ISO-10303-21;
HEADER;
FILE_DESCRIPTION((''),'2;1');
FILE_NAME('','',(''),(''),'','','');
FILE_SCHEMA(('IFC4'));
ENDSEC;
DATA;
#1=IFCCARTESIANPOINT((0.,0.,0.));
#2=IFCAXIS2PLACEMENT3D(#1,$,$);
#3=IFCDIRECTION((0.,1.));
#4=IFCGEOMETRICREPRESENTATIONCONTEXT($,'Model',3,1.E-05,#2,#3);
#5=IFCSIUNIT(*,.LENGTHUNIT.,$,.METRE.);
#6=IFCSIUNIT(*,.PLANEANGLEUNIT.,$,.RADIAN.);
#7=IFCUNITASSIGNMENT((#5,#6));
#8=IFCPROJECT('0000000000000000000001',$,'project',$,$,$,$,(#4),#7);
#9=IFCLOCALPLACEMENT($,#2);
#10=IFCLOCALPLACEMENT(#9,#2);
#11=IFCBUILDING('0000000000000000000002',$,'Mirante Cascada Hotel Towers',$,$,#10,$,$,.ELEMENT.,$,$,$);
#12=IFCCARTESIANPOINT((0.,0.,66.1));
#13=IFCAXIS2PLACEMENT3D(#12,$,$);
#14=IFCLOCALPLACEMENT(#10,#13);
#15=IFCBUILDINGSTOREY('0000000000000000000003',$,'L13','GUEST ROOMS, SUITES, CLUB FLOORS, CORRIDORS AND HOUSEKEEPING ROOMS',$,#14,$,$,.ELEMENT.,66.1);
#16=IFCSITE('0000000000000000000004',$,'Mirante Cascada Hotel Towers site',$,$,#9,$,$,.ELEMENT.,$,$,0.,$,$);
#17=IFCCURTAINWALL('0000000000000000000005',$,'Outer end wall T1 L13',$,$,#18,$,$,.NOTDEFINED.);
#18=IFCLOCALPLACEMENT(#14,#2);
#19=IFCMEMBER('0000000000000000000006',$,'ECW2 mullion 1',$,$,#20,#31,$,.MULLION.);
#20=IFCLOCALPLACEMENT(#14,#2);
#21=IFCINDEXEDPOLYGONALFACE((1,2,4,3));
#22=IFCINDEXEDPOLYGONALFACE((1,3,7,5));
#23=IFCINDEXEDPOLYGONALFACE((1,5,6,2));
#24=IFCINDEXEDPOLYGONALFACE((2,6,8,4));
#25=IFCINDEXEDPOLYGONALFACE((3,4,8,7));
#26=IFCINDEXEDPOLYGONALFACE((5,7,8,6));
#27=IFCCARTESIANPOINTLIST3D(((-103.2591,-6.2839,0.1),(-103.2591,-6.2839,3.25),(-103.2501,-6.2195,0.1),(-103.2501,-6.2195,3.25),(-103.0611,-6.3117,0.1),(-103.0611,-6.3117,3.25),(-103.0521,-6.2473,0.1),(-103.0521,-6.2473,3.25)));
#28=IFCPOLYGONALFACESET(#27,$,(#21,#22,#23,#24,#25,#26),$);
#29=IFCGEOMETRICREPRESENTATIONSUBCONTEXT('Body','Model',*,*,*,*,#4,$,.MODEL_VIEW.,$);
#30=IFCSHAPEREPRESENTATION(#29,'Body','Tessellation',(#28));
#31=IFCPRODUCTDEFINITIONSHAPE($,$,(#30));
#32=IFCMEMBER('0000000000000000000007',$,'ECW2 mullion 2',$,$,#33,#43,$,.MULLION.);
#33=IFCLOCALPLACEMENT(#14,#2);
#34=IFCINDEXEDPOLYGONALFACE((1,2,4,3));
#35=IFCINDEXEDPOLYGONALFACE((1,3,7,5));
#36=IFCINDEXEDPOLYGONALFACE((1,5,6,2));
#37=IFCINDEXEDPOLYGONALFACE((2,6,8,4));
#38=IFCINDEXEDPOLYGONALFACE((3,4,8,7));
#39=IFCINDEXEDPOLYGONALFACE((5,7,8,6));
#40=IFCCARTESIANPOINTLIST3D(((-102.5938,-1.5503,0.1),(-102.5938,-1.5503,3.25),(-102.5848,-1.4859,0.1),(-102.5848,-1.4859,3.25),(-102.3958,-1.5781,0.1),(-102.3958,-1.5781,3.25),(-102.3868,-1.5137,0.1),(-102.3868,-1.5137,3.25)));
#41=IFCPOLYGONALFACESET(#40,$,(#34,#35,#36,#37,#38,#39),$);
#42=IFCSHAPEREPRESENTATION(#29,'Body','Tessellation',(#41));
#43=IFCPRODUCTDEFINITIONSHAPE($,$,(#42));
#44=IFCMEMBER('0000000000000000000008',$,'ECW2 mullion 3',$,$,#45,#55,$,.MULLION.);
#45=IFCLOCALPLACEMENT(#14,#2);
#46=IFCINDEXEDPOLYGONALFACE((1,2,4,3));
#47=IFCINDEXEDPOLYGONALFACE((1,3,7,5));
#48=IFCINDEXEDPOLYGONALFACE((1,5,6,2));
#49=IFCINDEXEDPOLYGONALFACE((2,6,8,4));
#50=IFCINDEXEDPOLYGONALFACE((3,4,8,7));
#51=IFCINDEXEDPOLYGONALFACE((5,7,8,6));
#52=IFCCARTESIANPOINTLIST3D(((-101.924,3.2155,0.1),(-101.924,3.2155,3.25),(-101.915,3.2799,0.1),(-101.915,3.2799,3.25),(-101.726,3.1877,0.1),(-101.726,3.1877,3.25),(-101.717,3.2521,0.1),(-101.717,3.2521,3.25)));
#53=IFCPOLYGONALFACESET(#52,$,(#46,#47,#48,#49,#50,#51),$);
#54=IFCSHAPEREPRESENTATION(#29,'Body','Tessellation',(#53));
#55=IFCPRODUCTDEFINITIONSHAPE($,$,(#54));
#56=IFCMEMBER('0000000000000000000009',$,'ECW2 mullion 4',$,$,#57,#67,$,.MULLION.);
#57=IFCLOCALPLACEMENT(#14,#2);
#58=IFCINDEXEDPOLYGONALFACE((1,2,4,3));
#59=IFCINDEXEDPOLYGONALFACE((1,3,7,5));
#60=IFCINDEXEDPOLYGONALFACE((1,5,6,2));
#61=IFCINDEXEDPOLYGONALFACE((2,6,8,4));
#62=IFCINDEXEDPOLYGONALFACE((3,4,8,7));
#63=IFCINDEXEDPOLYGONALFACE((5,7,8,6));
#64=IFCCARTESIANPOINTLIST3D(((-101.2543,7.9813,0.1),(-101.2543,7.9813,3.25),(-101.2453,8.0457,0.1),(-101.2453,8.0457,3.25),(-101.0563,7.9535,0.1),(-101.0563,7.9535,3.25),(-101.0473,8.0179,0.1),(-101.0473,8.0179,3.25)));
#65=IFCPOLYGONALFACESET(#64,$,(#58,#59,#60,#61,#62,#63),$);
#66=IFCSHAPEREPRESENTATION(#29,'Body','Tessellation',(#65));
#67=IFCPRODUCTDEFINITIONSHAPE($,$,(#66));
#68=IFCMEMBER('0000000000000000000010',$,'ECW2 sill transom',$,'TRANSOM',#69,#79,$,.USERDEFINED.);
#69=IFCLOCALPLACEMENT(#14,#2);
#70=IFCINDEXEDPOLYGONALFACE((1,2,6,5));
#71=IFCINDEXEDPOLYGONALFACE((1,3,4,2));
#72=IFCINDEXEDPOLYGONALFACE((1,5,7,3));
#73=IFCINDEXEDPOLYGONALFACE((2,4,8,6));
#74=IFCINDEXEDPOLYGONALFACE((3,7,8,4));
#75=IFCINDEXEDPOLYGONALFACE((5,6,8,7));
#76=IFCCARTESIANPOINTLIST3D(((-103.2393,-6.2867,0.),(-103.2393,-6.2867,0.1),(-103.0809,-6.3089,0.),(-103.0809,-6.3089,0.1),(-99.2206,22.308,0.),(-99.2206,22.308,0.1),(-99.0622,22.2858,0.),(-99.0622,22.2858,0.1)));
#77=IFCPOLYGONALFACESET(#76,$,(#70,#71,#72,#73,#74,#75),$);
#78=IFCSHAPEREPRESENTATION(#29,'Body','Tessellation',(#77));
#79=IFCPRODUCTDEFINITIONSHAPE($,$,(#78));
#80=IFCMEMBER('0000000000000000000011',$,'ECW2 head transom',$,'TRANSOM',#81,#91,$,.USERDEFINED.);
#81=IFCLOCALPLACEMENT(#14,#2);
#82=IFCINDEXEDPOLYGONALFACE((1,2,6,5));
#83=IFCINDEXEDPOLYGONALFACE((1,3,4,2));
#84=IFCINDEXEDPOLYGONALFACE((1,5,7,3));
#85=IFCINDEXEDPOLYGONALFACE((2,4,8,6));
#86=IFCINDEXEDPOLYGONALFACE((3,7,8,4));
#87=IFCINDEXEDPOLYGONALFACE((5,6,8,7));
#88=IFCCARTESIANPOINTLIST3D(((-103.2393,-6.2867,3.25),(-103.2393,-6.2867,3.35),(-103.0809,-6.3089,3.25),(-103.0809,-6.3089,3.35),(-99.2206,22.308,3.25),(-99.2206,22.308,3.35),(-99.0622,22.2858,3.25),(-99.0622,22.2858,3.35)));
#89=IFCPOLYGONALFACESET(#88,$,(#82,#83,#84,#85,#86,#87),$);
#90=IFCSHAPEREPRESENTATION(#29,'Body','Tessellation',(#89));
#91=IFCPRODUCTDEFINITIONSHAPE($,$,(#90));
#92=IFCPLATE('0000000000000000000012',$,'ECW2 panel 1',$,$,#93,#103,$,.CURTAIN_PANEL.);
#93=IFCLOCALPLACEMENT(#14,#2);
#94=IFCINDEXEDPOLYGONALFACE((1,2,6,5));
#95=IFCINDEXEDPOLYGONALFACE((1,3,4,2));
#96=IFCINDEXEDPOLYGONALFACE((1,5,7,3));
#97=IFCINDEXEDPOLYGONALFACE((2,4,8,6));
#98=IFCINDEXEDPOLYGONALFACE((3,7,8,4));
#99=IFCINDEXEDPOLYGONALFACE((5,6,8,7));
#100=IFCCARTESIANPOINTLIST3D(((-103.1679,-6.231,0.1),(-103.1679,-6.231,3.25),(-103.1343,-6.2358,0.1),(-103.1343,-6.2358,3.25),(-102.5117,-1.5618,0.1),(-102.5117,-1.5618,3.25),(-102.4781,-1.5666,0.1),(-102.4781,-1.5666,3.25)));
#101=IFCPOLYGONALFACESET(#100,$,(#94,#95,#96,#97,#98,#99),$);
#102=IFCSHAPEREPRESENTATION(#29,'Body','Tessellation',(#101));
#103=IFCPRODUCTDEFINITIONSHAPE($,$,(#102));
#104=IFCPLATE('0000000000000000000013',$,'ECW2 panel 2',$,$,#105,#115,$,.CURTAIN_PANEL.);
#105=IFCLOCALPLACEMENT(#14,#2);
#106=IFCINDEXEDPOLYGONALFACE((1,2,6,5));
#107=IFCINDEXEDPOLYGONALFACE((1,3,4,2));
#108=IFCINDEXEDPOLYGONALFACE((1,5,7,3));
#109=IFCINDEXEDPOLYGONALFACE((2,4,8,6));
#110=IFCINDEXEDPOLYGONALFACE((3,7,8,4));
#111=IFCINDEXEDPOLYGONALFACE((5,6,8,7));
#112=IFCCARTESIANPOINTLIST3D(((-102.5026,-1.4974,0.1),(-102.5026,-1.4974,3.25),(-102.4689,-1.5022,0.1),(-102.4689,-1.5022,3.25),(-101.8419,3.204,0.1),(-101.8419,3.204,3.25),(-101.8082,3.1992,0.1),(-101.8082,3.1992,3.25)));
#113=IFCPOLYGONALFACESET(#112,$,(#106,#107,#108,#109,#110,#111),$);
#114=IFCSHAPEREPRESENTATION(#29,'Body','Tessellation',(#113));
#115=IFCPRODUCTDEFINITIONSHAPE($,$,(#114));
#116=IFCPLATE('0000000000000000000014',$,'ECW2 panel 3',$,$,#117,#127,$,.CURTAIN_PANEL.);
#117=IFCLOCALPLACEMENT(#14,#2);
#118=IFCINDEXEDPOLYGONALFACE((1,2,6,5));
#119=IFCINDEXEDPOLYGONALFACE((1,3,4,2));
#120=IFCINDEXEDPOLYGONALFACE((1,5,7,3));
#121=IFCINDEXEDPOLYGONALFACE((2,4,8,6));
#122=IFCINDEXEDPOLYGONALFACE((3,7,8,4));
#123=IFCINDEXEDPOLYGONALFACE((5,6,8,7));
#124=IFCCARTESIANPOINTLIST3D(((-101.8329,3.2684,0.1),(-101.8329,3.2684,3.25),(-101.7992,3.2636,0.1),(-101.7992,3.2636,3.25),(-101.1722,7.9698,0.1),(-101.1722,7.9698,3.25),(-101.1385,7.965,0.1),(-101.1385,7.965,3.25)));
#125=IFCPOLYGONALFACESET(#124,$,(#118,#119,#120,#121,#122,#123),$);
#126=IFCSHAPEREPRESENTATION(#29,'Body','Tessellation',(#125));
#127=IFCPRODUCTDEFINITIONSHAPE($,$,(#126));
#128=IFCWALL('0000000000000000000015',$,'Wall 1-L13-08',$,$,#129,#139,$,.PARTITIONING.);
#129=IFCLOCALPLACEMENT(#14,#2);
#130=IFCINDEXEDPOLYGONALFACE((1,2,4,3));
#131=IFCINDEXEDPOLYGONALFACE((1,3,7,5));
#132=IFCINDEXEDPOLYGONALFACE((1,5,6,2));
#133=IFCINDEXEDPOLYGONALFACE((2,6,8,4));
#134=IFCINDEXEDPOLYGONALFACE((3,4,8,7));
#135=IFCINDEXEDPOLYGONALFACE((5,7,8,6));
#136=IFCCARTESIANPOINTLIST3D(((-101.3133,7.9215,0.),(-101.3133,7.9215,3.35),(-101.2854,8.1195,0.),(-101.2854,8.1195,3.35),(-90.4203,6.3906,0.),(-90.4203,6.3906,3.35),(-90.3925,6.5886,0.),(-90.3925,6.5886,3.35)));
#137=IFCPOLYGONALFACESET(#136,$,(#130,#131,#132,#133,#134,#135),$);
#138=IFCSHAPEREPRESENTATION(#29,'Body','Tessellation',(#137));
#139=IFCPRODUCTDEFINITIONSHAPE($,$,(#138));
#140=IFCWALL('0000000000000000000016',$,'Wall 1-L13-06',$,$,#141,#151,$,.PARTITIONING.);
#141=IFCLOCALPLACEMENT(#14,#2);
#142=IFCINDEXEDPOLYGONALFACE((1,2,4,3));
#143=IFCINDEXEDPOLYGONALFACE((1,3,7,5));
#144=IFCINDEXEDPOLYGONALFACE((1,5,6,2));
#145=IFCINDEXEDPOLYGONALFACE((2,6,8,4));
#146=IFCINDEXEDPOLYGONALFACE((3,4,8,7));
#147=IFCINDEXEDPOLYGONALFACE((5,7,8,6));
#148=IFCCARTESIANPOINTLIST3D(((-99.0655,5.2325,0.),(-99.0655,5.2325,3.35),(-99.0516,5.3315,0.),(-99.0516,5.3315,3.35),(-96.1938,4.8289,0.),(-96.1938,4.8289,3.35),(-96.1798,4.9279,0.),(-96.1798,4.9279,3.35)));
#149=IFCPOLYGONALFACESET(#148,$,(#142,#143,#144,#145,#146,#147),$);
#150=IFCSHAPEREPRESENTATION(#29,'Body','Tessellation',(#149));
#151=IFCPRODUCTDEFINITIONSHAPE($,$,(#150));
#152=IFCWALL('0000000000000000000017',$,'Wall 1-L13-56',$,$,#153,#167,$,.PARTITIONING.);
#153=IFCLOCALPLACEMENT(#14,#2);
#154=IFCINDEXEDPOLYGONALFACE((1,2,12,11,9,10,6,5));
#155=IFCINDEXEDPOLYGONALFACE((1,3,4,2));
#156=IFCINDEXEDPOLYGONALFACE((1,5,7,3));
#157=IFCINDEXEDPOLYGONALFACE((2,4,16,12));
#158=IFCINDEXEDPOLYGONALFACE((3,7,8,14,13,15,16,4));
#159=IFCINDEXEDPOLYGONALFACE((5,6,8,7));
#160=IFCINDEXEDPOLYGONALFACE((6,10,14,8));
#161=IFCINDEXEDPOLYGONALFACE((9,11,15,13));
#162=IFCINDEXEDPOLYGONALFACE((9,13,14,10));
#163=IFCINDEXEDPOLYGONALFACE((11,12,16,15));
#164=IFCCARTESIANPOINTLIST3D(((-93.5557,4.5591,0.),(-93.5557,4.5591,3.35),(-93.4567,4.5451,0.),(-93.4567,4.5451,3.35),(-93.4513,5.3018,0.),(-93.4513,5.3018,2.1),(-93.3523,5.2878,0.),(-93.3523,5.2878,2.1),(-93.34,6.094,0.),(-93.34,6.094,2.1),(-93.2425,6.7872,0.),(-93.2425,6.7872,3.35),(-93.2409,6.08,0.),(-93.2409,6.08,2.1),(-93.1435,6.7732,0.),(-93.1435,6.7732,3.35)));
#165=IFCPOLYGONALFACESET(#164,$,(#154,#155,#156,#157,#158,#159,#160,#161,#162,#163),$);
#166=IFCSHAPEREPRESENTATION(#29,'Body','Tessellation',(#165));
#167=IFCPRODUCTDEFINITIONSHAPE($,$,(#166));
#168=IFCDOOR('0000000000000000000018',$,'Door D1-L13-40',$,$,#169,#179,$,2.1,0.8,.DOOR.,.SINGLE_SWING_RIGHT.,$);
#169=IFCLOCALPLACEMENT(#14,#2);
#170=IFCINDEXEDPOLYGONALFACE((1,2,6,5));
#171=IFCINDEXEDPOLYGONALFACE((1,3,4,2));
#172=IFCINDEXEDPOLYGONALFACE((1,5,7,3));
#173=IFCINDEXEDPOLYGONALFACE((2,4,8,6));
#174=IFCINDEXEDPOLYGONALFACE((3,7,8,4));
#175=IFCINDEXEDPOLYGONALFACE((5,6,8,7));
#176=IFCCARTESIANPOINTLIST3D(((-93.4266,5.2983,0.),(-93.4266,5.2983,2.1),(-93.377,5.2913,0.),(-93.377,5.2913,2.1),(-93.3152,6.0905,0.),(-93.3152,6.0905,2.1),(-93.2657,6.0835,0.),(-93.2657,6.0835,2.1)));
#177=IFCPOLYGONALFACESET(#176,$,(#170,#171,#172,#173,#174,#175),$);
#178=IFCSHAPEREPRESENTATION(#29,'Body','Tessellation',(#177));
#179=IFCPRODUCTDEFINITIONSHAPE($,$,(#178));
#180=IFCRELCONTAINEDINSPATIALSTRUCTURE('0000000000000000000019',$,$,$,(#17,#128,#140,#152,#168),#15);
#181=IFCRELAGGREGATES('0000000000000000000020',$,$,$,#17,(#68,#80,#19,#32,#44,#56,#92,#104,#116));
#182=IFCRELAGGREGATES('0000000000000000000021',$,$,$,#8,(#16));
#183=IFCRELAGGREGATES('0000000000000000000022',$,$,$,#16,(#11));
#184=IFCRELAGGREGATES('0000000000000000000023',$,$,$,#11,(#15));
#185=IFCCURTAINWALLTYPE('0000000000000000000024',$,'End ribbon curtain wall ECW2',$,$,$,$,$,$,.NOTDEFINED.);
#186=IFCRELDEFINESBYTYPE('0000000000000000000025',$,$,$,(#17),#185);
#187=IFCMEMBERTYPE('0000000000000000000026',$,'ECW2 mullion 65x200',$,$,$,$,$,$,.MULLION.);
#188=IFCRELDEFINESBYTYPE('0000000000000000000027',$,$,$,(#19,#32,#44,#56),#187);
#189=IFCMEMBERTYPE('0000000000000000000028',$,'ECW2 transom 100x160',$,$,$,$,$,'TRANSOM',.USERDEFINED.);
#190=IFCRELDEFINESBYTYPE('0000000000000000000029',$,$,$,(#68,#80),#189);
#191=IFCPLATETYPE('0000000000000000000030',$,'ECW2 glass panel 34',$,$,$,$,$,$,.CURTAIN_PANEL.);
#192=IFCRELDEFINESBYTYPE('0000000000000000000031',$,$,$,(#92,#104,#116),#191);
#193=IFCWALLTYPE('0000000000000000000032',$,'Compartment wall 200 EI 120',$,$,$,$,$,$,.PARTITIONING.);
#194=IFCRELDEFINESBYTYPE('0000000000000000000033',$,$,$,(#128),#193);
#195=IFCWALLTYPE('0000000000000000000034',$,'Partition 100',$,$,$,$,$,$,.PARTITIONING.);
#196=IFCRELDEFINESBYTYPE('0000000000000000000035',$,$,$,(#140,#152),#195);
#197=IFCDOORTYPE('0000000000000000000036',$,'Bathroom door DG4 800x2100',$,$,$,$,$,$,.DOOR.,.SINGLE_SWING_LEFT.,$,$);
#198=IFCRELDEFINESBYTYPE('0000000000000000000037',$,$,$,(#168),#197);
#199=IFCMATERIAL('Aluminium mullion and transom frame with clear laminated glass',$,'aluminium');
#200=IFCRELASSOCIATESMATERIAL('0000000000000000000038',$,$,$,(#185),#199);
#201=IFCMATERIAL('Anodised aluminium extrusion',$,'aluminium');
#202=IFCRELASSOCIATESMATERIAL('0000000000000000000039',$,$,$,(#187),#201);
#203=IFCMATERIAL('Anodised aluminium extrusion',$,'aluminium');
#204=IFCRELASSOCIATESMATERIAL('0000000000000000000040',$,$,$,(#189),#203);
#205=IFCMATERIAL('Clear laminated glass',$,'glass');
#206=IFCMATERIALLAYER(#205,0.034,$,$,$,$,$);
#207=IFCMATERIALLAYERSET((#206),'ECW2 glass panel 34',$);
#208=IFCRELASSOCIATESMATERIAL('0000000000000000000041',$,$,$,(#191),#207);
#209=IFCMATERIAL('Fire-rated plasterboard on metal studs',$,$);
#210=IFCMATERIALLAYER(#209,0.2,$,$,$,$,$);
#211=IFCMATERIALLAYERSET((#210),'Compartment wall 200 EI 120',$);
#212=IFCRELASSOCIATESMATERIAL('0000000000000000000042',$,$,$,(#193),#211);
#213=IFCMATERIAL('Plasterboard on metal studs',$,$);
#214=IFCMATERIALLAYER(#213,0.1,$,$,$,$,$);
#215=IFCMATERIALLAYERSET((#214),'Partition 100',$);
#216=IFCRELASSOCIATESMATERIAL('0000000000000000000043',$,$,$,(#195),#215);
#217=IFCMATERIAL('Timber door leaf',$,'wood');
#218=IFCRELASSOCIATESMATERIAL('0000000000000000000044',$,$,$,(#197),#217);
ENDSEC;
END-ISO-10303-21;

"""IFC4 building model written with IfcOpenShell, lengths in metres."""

from ifc_helpers import new_model, si_unit, direction, frame, frame_2d, origin, origin_2d, place, context, subcontext, project, spatial, rectangle, extrude, material, layer, layer_set, material_profile, profile_set, type_object, element, fill, aggregate, save


model = new_model("IFC4")

# Units and contexts
model_context = context("Model", 3, precision=1e-05, world=origin(), true_north=direction((0.0, 1.0)))
body_context = subcontext(model_context, "Body", "Model", "MODEL_VIEW")
ifc_project = project(units=[si_unit("LENGTHUNIT", "METRE"), si_unit("PLANEANGLEUNIT", "RADIAN")], contexts=[model_context])

# Site, building, storey
site_placement = place(None, origin())
site = spatial("IfcSite", under=ifc_project, at=site_placement, Name="Mirante Cascada Hotel Towers site", CompositionType="ELEMENT", RefElevation=0.0)
building_placement = place(site_placement, origin())
building = spatial("IfcBuilding", under=site, at=building_placement, Name="Mirante Cascada Hotel Towers", CompositionType="ELEMENT")
storey_placement = place(building_placement, frame((0.0, 0.0, 66.1)))
storey = spatial("IfcBuildingStorey", under=building, at=storey_placement, Name="L13", Description="GUEST ROOMS, SUITES, CLUB FLOORS, CORRIDORS AND HOUSEKEEPING ROOMS", CompositionType="ELEMENT", Elevation=66.1)

# Curtain wall, members, plates
ifc_material_1 = material(Name="Aluminium mullion and transom frame with clear laminated glass", Category="aluminium")
curtain_wall_type = type_object("IfcCurtainWallType", Name="End ribbon curtain wall ECW2", PredefinedType="NOTDEFINED", material=ifc_material_1)
curtain_wall_placement = place(storey_placement, origin())
curtain_wall = element("IfcCurtainWall", 1, at=curtain_wall_placement, inside=storey, type_object=curtain_wall_type, Name="Outer end wall T1 L13", PredefinedType="NOTDEFINED")
ifc_material_2 = material(Name="Anodised aluminium extrusion", Category="aluminium")
ifc_material_profile_1 = material_profile(ifc_material_2, rectangle(XDim=0.2, YDim=0.065, at=origin_2d()), Name="ECW2 MULLION 65x200")
ifc_profile_set_1 = profile_set([ifc_material_profile_1], Name="Anodised aluminium extrusion")
member_type_1 = type_object("IfcMemberType", Name="ECW2 mullion 65x200", PredefinedType="MULLION", material=ifc_profile_set_1)
member_1_placement = place(storey_placement, frame((-103.1556, -6.2656, 0.1), z_axis=(0.0, 0.0, 1.0), x_axis=(-0.990268, 0.139173, 0.0)))
member_1 = element("IfcMember", 2, at=member_1_placement, type_object=member_type_1, Name="ECW2 mullion 1", PredefinedType="MULLION", context=body_context, shape_type="SweptSolid", body=[
    extrude(rectangle(XDim=0.2, YDim=0.065, at=origin_2d()), origin(), (0.0, 0.0, 1.0), 3.15),
])
member_2_placement = place(storey_placement, frame((-102.4903, -1.532, 0.1), z_axis=(0.0, 0.0, 1.0), x_axis=(-0.990268, 0.139173, 0.0)))
member_2 = element("IfcMember", 3, at=member_2_placement, type_object=member_type_1, Name="ECW2 mullion 2", PredefinedType="MULLION", context=body_context, shape_type="SweptSolid", body=[
    extrude(rectangle(XDim=0.2, YDim=0.065, at=origin_2d()), origin(), (0.0, 0.0, 1.0), 3.15),
])
member_3_placement = place(storey_placement, frame((-101.8205, 3.2338, 0.1), z_axis=(0.0, 0.0, 1.0), x_axis=(-0.990268, 0.139173, 0.0)))
member_3 = element("IfcMember", 4, at=member_3_placement, type_object=member_type_1, Name="ECW2 mullion 3", PredefinedType="MULLION", context=body_context, shape_type="SweptSolid", body=[
    extrude(rectangle(XDim=0.2, YDim=0.065, at=origin_2d()), origin(), (0.0, 0.0, 1.0), 3.15),
])
member_4_placement = place(storey_placement, frame((-101.1508, 7.9996, 0.1), z_axis=(0.0, 0.0, 1.0), x_axis=(-0.990268, 0.139173, 0.0)))
member_4 = element("IfcMember", 5, at=member_4_placement, type_object=member_type_1, Name="ECW2 mullion 4", PredefinedType="MULLION", context=body_context, shape_type="SweptSolid", body=[
    extrude(rectangle(XDim=0.2, YDim=0.065, at=origin_2d()), origin(), (0.0, 0.0, 1.0), 3.15),
])
ifc_material_3 = material(Name="Anodised aluminium extrusion", Category="aluminium")
ifc_material_profile_2 = material_profile(ifc_material_3, rectangle(XDim=0.16, YDim=0.1, at=origin_2d()), Name="ECW2 TRANSOM 100x160")
ifc_profile_set_2 = profile_set([ifc_material_profile_2], Name="Anodised aluminium extrusion")
member_type_2 = type_object("IfcMemberType", Name="ECW2 transom 100x160", ElementType="TRANSOM", PredefinedType="USERDEFINED", material=ifc_profile_set_2)
member_5_placement = place(storey_placement, frame((-103.1601, -6.2978, 0.05), z_axis=(0.139172, 0.990268, 0.0), x_axis=(-0.990268, 0.139172, 0.0)))
member_5 = element("IfcMember", 6, at=member_5_placement, type_object=member_type_2, Name="ECW2 sill transom", ObjectType="TRANSOM", PredefinedType="USERDEFINED", context=body_context, shape_type="SweptSolid", body=[
    extrude(rectangle(XDim=0.16, YDim=0.1, at=origin_2d()), origin(), (0.0, 0.0, 1.0), 28.8757),
])
member_6_placement = place(storey_placement, frame((-103.1601, -6.2978, 3.3), z_axis=(0.139172, 0.990268, 0.0), x_axis=(-0.990268, 0.139172, 0.0)))
member_6 = element("IfcMember", 7, at=member_6_placement, type_object=member_type_2, Name="ECW2 head transom", ObjectType="TRANSOM", PredefinedType="USERDEFINED", context=body_context, shape_type="SweptSolid", body=[
    extrude(rectangle(XDim=0.16, YDim=0.1, at=origin_2d()), origin(), (0.0, 0.0, 1.0), 28.8757),
])
ifc_material_4 = material(Name="Clear laminated glass", Category="glass")
ifc_layer_1 = layer(ifc_material_4, 0.034)
ifc_layer_set_1 = layer_set([ifc_layer_1], Name="ECW2 glass panel 34")
plate_type = type_object("IfcPlateType", Name="ECW2 glass panel 34", PredefinedType="CURTAIN_PANEL", material=ifc_layer_set_1)
plate_1_placement = place(storey_placement, frame((-102.823, -3.8988, 0.1), z_axis=(0.0, 0.0, 1.0), x_axis=(0.139173, 0.990268, 0.0)))
plate_1 = element("IfcPlate", 8, at=plate_1_placement, type_object=plate_type, Name="ECW2 panel 1", PredefinedType="CURTAIN_PANEL", context=body_context, shape_type="SweptSolid", body=[
    extrude(rectangle(XDim=4.7151, YDim=0.034, at=origin_2d()), origin(), (0.0, 0.0, 1.0), 3.15),
])
plate_2_placement = place(storey_placement, frame((-102.1554, 0.8509, 0.1), z_axis=(0.0, 0.0, 1.0), x_axis=(0.139173, 0.990268, 0.0)))
plate_2 = element("IfcPlate", 9, at=plate_2_placement, type_object=plate_type, Name="ECW2 panel 2", PredefinedType="CURTAIN_PANEL", context=body_context, shape_type="SweptSolid", body=[
    extrude(rectangle(XDim=4.7476, YDim=0.034, at=origin_2d()), origin(), (0.0, 0.0, 1.0), 3.15),
])
plate_3_placement = place(storey_placement, frame((-101.4857, 5.6167, 0.1), z_axis=(0.0, 0.0, 1.0), x_axis=(0.139173, 0.990268, 0.0)))
plate_3 = element("IfcPlate", 10, at=plate_3_placement, type_object=plate_type, Name="ECW2 panel 3", PredefinedType="CURTAIN_PANEL", context=body_context, shape_type="SweptSolid", body=[
    extrude(rectangle(XDim=4.7476, YDim=0.034, at=origin_2d()), origin(), (0.0, 0.0, 1.0), 3.15),
])
aggregate(curtain_wall, [member_5, member_6, member_1, member_2, member_3, member_4, plate_1, plate_2, plate_3])

# Walls
ifc_material_5 = material(Name="Fire-rated plasterboard on metal studs")
ifc_layer_2 = layer(ifc_material_5, 0.2)
ifc_layer_set_2 = layer_set([ifc_layer_2], Name="Compartment wall 200 EI 120")
wall_type_1 = type_object("IfcWallType", Name="Compartment wall 200 EI 120", PredefinedType="PARTITIONING", material=ifc_layer_set_2)
wall_1_placement = place(storey_placement, frame((-90.4064, 6.4896, 0.0), z_axis=(0.0, 0.0, 1.0), x_axis=(-0.990268, 0.139173, 0.0)))
element("IfcWall", 11, at=wall_1_placement, inside=storey, type_object=wall_type_1, Name="Wall 1-L13-08", PredefinedType="PARTITIONING", context=body_context, shape_type="SweptSolid", body=[
    extrude(rectangle(XDim=11.0, YDim=0.2, at=frame_2d((5.5, 0.0))), origin(), (0.0, 0.0, 1.0), 3.35),
])
ifc_material_6 = material(Name="Plasterboard on metal studs")
ifc_layer_3 = layer(ifc_material_6, 0.1)
ifc_layer_set_3 = layer_set([ifc_layer_3], Name="Partition 100")
wall_type_2 = type_object("IfcWallType", Name="Partition 100", PredefinedType="PARTITIONING", material=ifc_layer_set_3)
wall_2_placement = place(storey_placement, frame((-96.1868, 4.8784, 0.0), z_axis=(0.0, 0.0, 1.0), x_axis=(-0.990268, 0.139171, 0.0)))
element("IfcWall", 12, at=wall_2_placement, inside=storey, type_object=wall_type_2, Name="Wall 1-L13-06", PredefinedType="PARTITIONING", context=body_context, shape_type="SweptSolid", body=[
    extrude(rectangle(XDim=2.9, YDim=0.1, at=frame_2d((1.45, 0.0))), origin(), (0.0, 0.0, 1.0), 3.35),
])

# Wall, opening, door
wall_3_placement = place(storey_placement, frame((-93.5062, 4.5521, 0.0), z_axis=(0.0, 0.0, 1.0), x_axis=(0.1392, 0.990264, 0.0)))
wall_3 = element("IfcWall", 13, at=wall_3_placement, inside=storey, type_object=wall_type_2, Name="Wall 1-L13-56", PredefinedType="PARTITIONING", context=body_context, shape_type="SweptSolid", body=[
    extrude(rectangle(XDim=2.25, YDim=0.1, at=frame_2d((1.125, 0.0))), origin(), (0.0, 0.0, 1.0), 3.35),
])
opening_1_placement = place(wall_3_placement, frame((0.75, 0.0, 0.0)))
opening_1 = element("IfcOpeningElement", 14, at=opening_1_placement, cuts=wall_3, PredefinedType="OPENING", context=body_context, shape_type="SweptSolid", body=[
    extrude(rectangle(XDim=0.8, YDim=2.1, at=frame_2d((0.4, 1.05))), frame((0.0, 0.05, 0.0), z_axis=(0.0, -1.0, 0.0), x_axis=(1.0, 0.0, 0.0)), (0.0, 0.0, 1.0), 0.1),
])
ifc_material_7 = material(Name="Timber door leaf", Category="wood")
door_type_1 = type_object("IfcDoorType", Name="Bathroom door DG4 800x2100", OperationType="SINGLE_SWING_LEFT", PredefinedType="DOOR", material=ifc_material_7)
door_1_placement = place(opening_1_placement, frame((0.8, 0.0, 0.0), z_axis=(0.0, 0.0, 1.0), x_axis=(-1.0, 0.0, 0.0)))
door_1 = element("IfcDoor", 15, at=door_1_placement, inside=storey, type_object=door_type_1, Name="Door D1-L13-40", OperationType="SINGLE_SWING_RIGHT", OverallHeight=2.1, OverallWidth=0.8, PredefinedType="DOOR", context=body_context, shape_type="SweptSolid", body=[
    extrude(rectangle(XDim=0.8, YDim=2.1, at=frame_2d((0.4, 1.05))), frame((0.0, 0.025, 0.0), z_axis=(0.0, -1.0, 0.0), x_axis=(1.0, 0.0, 0.0)), (0.0, 0.0, 1.0), 0.05),
])
fill(opening_1, door_1)

save(model, "model.ifc")
